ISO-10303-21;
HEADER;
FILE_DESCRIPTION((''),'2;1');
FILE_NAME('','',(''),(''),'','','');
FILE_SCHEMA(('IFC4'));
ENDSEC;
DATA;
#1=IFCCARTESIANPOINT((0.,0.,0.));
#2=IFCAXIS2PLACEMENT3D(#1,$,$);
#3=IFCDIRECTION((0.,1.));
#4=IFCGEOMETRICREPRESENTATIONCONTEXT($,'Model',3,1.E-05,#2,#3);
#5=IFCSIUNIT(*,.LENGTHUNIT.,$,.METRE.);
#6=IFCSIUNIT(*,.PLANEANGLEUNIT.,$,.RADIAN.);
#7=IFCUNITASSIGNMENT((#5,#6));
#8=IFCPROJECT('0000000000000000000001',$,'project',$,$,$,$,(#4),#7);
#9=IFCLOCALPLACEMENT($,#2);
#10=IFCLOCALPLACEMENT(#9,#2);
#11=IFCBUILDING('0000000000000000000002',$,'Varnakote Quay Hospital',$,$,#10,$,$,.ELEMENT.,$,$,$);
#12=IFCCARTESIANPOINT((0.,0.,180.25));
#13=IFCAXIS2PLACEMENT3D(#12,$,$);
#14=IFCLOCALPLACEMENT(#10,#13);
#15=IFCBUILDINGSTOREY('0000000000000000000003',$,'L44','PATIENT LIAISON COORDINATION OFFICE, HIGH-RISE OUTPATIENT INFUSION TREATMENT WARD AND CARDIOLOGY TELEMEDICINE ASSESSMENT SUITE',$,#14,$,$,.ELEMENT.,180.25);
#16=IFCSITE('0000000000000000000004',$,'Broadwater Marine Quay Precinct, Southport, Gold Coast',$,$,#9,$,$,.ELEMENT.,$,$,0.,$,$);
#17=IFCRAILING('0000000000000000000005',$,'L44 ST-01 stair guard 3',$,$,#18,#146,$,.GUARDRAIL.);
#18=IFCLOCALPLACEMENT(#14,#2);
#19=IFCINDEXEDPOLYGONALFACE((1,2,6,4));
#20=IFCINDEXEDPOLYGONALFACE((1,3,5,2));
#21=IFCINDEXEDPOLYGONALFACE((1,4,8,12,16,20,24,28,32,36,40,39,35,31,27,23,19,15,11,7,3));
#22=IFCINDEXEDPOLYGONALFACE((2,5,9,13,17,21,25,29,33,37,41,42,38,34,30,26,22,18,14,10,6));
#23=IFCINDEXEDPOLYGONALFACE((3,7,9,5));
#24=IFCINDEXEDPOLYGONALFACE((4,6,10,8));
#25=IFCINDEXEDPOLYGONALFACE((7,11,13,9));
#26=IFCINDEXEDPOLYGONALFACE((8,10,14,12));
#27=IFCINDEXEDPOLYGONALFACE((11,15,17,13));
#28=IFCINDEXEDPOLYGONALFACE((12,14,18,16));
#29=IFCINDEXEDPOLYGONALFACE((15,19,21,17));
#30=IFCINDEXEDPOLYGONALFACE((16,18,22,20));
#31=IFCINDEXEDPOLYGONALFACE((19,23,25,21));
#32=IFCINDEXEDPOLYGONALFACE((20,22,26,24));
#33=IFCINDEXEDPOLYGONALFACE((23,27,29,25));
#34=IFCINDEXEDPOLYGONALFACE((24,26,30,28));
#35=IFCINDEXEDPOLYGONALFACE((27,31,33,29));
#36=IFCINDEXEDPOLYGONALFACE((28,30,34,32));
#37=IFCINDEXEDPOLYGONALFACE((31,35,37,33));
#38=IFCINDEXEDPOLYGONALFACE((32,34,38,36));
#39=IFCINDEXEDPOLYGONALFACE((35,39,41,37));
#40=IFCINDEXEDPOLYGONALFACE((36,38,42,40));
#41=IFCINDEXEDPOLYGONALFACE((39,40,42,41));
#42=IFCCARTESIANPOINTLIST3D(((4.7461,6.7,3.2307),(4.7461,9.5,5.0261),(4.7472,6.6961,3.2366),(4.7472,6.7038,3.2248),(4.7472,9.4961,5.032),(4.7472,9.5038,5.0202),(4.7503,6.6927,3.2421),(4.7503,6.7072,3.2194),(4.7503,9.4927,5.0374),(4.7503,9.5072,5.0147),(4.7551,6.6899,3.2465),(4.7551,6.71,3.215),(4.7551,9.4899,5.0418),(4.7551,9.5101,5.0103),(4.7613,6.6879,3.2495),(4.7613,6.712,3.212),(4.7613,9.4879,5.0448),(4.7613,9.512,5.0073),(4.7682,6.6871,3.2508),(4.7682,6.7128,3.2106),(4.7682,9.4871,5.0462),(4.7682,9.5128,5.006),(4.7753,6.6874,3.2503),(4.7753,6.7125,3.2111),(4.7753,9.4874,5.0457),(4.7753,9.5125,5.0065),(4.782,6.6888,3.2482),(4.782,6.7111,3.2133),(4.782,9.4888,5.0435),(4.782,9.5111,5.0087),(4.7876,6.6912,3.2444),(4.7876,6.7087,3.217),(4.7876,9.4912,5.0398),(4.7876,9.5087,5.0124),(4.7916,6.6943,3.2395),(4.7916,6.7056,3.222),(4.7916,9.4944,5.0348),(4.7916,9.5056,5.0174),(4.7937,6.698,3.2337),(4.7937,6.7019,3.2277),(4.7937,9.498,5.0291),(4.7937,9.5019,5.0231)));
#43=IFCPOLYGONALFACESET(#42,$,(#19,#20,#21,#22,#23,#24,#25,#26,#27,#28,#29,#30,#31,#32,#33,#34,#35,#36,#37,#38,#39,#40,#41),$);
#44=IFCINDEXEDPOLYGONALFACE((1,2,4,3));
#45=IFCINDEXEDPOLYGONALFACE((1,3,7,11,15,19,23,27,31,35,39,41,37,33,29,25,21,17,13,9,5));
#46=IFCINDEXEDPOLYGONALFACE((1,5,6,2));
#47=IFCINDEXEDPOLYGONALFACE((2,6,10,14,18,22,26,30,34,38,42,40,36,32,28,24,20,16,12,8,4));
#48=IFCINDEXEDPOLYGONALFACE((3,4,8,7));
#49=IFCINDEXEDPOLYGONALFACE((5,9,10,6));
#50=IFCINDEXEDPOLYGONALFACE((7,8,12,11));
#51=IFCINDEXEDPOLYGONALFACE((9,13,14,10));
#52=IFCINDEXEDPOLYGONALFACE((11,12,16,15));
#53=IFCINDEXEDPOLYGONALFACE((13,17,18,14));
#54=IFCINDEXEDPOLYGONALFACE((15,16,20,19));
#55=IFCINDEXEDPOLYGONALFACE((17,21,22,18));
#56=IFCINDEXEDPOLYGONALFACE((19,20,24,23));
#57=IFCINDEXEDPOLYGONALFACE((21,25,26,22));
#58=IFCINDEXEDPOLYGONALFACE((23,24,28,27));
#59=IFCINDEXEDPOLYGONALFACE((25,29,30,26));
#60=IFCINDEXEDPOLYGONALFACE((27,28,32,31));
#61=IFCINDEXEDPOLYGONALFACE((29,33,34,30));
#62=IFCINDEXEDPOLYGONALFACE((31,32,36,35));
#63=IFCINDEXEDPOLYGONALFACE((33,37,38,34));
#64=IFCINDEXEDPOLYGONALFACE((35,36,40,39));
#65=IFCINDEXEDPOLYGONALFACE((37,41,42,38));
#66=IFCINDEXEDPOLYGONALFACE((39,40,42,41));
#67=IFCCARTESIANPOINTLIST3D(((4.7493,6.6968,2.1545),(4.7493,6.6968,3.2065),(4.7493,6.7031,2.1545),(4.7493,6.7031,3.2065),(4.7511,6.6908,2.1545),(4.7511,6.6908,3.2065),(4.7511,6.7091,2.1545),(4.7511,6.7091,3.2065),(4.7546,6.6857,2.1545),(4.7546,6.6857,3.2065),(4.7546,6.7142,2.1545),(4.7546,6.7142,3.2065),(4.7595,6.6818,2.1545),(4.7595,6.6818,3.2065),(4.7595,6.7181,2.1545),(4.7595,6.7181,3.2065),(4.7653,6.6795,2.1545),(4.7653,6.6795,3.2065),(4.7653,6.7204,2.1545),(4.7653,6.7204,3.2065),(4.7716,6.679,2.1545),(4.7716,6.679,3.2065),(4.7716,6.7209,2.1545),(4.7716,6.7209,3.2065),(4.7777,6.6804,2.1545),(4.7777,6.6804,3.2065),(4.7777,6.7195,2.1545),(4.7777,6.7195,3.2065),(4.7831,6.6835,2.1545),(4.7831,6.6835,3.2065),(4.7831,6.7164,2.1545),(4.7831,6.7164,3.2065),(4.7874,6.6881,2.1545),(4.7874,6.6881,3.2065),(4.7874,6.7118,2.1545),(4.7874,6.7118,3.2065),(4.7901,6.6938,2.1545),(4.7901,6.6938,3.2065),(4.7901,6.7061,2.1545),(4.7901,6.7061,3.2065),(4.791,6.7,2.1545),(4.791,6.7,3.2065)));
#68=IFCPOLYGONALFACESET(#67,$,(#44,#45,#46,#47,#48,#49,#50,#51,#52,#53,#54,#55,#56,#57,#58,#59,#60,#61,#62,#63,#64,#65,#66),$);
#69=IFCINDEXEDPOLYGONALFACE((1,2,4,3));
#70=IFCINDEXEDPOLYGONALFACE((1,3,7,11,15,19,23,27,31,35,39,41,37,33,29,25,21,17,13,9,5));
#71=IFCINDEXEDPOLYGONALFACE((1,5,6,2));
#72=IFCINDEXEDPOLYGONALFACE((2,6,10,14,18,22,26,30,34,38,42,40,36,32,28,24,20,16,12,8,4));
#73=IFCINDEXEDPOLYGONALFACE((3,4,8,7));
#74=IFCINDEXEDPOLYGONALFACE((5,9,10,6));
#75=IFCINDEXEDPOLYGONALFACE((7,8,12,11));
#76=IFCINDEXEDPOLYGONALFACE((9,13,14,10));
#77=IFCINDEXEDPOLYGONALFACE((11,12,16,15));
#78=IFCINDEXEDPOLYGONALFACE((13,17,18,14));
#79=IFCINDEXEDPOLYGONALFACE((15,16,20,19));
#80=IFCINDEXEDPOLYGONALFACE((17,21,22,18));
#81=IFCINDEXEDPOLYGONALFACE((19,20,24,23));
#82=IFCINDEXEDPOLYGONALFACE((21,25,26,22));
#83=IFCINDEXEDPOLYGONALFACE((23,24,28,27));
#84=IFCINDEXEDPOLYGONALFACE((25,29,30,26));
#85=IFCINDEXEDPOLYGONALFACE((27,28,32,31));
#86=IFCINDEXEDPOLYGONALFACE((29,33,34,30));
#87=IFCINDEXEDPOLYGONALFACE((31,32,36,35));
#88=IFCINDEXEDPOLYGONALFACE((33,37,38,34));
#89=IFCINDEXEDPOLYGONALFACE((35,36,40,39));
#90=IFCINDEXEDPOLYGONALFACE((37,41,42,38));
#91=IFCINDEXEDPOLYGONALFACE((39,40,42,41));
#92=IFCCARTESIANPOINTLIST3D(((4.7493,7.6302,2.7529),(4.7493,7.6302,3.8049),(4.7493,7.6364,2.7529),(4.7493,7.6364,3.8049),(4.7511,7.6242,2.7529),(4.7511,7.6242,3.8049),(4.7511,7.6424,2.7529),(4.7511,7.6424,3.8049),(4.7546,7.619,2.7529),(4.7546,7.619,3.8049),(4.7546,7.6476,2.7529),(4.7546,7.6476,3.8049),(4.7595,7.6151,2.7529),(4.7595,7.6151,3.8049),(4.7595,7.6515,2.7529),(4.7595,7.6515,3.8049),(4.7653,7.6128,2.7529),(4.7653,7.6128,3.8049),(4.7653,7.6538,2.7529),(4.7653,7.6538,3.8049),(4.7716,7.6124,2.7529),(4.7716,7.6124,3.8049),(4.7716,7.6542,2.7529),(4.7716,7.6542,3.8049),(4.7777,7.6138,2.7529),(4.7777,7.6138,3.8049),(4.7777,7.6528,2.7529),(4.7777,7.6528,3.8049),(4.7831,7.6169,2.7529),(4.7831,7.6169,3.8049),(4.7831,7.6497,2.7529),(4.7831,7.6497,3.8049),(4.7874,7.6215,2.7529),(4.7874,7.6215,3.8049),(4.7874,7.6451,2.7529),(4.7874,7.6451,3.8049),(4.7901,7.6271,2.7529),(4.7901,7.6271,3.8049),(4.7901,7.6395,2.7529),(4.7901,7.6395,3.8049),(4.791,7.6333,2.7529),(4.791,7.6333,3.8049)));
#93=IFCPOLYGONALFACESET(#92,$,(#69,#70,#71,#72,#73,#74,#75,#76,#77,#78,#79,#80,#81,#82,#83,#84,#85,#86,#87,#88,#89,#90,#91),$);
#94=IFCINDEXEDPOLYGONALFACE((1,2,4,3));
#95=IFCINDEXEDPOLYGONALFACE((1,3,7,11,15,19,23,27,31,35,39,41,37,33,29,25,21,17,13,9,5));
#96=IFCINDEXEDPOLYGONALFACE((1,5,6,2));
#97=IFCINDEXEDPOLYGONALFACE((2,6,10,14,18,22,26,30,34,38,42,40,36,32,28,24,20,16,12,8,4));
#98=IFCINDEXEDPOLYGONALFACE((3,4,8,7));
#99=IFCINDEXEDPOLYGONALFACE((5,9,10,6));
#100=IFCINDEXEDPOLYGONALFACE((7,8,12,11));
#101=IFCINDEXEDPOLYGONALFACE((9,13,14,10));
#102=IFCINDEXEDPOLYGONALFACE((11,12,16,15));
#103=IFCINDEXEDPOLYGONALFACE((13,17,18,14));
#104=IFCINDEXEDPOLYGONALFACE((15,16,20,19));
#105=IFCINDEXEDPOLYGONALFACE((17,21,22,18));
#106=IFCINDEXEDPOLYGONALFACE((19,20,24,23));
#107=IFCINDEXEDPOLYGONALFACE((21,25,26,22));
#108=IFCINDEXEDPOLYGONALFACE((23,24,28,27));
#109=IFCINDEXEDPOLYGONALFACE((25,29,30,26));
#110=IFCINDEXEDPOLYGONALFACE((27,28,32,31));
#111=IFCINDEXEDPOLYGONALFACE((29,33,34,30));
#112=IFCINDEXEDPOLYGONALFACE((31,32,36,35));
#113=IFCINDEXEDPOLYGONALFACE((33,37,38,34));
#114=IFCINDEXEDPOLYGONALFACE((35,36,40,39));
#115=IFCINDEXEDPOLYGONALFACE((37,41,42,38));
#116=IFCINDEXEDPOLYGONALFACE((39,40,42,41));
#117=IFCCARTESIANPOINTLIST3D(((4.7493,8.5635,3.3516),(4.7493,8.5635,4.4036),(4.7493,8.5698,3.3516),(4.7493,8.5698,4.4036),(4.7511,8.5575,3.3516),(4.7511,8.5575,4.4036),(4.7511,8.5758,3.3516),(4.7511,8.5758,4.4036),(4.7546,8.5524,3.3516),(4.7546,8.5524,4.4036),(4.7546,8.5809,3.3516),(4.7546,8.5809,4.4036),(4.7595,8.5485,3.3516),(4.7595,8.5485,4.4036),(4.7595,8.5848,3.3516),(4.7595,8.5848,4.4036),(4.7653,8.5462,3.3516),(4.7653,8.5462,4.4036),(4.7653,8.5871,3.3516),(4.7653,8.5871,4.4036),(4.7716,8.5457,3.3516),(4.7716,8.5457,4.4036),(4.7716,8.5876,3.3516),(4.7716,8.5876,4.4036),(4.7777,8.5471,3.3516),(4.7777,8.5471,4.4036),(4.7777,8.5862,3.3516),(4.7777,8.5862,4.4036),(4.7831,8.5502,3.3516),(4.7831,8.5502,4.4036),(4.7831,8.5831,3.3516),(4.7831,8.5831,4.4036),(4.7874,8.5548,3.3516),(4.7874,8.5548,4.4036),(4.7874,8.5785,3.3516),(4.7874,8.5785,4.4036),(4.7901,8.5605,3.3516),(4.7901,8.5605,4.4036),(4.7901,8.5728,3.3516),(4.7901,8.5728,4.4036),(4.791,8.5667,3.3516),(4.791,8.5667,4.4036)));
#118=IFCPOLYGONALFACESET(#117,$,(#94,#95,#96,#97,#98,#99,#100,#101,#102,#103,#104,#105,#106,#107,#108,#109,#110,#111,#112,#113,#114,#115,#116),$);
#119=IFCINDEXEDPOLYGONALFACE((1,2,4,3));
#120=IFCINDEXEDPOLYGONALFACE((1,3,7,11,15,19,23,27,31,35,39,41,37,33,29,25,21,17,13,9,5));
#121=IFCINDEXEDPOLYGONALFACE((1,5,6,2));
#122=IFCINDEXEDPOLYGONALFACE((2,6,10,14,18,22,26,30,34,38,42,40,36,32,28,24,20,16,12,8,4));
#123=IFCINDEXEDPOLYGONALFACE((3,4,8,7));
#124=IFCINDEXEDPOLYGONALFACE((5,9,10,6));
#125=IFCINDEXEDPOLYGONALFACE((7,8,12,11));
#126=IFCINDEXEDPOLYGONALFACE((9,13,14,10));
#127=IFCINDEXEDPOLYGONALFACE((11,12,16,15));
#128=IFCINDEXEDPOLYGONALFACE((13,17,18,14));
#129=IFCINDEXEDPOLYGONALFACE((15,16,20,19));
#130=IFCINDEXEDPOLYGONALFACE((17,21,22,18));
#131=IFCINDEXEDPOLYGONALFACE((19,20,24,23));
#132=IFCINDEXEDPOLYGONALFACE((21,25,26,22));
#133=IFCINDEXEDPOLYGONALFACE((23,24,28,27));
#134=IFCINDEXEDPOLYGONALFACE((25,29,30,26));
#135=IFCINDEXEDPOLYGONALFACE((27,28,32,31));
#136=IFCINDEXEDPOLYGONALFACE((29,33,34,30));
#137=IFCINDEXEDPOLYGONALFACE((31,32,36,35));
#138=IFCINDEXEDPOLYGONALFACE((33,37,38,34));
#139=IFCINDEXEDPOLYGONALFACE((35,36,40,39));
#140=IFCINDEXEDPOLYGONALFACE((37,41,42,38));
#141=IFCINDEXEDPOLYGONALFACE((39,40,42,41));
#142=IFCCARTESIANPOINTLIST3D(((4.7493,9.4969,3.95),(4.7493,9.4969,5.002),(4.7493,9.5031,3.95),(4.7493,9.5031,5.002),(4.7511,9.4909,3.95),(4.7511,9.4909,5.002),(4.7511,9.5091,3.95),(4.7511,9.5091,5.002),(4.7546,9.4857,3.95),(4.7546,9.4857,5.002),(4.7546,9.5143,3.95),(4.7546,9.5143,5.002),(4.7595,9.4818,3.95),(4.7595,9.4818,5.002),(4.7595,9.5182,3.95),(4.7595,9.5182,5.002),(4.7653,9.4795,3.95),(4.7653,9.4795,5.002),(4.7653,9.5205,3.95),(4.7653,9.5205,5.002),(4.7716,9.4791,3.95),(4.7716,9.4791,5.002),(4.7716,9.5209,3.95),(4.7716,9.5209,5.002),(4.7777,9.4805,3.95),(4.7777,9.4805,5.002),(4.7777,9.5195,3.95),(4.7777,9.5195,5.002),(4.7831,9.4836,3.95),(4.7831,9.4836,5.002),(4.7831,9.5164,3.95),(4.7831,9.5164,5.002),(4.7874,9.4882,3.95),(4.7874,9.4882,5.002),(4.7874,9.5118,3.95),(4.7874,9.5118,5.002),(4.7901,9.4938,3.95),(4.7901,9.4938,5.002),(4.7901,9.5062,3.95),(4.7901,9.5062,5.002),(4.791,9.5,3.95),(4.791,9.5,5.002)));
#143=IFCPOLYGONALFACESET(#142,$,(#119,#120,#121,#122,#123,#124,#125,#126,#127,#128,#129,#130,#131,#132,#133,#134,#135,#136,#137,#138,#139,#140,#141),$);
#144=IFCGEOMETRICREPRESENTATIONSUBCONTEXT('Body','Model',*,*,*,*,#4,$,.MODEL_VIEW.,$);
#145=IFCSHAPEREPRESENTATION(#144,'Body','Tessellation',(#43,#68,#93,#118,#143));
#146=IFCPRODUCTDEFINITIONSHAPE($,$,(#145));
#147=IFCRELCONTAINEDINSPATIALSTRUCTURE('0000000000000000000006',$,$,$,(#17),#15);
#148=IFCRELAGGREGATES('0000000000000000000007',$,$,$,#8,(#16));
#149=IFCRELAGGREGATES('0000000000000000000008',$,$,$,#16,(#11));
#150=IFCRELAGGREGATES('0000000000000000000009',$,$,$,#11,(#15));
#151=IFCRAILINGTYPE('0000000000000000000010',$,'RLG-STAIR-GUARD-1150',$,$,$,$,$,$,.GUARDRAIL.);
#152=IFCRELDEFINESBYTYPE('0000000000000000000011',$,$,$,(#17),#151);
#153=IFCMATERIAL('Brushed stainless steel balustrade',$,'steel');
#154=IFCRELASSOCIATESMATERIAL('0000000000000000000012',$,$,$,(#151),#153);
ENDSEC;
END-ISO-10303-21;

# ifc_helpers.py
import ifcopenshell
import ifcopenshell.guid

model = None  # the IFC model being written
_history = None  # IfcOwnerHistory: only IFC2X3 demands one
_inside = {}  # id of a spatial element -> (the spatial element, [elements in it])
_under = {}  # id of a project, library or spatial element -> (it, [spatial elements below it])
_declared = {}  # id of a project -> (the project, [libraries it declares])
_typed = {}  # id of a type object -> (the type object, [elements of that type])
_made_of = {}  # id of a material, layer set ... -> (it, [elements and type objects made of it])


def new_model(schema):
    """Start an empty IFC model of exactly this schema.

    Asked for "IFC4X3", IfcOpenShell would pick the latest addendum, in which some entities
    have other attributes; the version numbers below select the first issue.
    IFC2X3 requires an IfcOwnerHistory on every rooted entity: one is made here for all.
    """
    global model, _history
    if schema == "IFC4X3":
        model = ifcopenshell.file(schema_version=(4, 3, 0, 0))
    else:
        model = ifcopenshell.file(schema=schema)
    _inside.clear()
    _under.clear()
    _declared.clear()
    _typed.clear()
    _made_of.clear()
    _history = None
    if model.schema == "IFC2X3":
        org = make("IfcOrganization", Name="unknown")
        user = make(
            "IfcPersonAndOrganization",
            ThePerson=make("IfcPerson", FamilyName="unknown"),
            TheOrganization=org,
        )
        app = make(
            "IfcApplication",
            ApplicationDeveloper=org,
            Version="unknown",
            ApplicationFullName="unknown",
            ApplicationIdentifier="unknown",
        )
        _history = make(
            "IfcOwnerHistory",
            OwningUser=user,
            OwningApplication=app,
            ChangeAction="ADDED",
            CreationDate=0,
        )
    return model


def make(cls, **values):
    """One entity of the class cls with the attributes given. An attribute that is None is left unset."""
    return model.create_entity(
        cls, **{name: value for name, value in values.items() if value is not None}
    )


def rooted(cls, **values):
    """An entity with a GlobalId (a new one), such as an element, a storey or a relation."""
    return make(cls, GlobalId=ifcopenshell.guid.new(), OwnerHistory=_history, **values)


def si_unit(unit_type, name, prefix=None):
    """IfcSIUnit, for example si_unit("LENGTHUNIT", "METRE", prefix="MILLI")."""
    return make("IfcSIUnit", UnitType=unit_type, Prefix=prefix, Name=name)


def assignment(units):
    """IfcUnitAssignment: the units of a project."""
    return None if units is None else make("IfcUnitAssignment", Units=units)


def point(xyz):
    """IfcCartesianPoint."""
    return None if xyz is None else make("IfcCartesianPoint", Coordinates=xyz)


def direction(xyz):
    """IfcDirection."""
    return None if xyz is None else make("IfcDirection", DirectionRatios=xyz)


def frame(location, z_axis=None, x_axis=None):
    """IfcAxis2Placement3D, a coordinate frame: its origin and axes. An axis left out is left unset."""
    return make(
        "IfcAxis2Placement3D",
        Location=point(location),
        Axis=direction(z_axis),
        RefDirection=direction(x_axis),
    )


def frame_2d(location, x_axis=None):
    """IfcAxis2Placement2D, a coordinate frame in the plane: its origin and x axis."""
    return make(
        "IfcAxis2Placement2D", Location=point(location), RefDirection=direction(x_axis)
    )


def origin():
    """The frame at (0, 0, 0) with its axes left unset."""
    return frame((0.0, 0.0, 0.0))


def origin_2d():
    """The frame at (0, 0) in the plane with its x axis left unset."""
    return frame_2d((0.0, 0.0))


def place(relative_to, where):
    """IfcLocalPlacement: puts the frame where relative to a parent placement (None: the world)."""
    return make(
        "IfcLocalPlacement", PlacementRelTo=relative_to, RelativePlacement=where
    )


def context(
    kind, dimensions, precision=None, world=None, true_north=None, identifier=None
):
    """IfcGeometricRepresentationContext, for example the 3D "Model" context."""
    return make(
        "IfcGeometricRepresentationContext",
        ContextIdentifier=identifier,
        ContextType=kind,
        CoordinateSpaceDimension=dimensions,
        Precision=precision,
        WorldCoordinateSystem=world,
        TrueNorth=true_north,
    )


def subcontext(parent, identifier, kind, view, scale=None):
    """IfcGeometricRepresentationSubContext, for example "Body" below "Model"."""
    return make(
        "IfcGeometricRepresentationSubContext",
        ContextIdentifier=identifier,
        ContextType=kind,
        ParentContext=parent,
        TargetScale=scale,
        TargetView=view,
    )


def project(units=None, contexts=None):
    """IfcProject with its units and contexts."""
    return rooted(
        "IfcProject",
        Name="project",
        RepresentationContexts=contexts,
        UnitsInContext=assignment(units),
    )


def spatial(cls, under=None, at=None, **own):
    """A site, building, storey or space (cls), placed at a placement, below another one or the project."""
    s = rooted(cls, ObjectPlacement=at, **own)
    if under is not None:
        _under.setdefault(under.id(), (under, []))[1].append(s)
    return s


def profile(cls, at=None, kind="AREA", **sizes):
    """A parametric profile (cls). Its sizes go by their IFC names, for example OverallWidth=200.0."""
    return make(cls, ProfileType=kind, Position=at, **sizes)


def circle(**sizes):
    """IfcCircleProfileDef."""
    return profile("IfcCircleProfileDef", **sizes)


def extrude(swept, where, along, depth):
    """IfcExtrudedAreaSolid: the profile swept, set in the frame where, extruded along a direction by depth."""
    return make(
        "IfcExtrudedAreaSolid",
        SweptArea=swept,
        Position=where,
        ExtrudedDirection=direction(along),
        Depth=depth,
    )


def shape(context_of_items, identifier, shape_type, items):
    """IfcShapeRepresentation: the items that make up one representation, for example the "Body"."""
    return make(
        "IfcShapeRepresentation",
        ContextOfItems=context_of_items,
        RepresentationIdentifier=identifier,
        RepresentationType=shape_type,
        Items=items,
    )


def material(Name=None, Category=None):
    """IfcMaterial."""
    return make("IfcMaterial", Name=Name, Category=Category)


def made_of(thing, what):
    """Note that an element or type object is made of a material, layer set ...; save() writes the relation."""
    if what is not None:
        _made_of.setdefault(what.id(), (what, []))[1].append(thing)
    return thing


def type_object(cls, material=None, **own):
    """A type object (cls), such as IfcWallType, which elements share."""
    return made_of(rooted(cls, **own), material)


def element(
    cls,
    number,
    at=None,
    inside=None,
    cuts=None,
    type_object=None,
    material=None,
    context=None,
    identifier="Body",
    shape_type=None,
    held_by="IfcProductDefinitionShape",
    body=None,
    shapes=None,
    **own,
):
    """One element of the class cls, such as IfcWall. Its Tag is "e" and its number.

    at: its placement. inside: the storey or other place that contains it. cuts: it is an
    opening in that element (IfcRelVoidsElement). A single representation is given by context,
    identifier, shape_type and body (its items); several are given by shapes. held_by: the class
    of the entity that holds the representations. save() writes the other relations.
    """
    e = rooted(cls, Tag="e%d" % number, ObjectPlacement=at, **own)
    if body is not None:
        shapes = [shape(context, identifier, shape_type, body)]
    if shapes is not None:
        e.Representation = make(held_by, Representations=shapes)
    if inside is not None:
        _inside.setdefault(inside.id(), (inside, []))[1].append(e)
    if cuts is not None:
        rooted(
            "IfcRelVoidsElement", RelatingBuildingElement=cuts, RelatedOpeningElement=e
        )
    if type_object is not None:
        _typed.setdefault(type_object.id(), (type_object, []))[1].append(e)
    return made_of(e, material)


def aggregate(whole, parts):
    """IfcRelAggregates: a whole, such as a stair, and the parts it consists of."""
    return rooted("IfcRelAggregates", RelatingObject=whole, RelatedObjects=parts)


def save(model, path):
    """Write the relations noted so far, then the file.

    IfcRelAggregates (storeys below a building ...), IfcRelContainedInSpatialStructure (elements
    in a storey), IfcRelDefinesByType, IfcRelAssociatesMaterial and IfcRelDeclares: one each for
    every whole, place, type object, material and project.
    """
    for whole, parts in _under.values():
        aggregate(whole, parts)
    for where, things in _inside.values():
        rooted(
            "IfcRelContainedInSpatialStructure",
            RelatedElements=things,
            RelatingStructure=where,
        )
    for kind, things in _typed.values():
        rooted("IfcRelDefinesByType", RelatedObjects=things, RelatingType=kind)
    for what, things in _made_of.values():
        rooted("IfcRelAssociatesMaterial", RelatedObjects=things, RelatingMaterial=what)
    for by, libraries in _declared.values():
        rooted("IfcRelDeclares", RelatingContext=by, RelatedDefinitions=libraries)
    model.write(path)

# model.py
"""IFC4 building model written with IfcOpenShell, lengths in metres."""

from ifc_helpers import new_model, si_unit, direction, frame, origin, origin_2d, place, context, subcontext, project, spatial, circle, extrude, material, type_object, element, save


model = new_model("IFC4")

# Units and contexts
model_context = context("Model", 3, precision=1e-05, world=origin(), true_north=direction((0.0, 1.0)))
body_context = subcontext(model_context, "Body", "Model", "MODEL_VIEW")
ifc_project = project(units=[si_unit("LENGTHUNIT", "METRE"), si_unit("PLANEANGLEUNIT", "RADIAN")], contexts=[model_context])

# Site, building, storey
site_placement = place(None, origin())
site = spatial("IfcSite", under=ifc_project, at=site_placement, Name="Broadwater Marine Quay Precinct, Southport, Gold Coast", CompositionType="ELEMENT", RefElevation=0.0)
building_placement = place(site_placement, origin())
building = spatial("IfcBuilding", under=site, at=building_placement, Name="Varnakote Quay Hospital", CompositionType="ELEMENT")
storey_placement = place(building_placement, frame((0.0, 0.0, 180.25)))
storey = spatial("IfcBuildingStorey", under=building, at=storey_placement, Name="L44", Description="PATIENT LIAISON COORDINATION OFFICE, HIGH-RISE OUTPATIENT INFUSION TREATMENT WARD AND CARDIOLOGY TELEMEDICINE ASSESSMENT SUITE", CompositionType="ELEMENT", Elevation=180.25)

# Railing
ifc_material_1 = material(Name="Brushed stainless steel balustrade", Category="steel")
railing_type_1 = type_object("IfcRailingType", Name="RLG-STAIR-GUARD-1150", PredefinedType="GUARDRAIL", material=ifc_material_1)
railing_1_placement = place(storey_placement, frame((4.77, 6.7, 2.1545)))
element("IfcRailing", 1, at=railing_1_placement, inside=storey, type_object=railing_type_1, Name="L44 ST-01 stair guard 3", PredefinedType="GUARDRAIL", context=body_context, shape_type="SweptSolid", body=[
    extrude(circle(Radius=0.0239, at=origin_2d()), frame((0.0, 0.0, 1.0762), z_axis=(0.0, 0.84181, 0.539774), x_axis=(-1.0, 0.0, 0.0)), (0.0, 0.0, 1.0), 3.3262),
    extrude(circle(Radius=0.021, at=origin_2d()), origin(), (0.0, 0.0, 1.0), 1.052),
    extrude(circle(Radius=0.021, at=origin_2d()), frame((0.0, 0.9333, 0.5984)), (0.0, 0.0, 1.0), 1.052),
    extrude(circle(Radius=0.021, at=origin_2d()), frame((0.0, 1.8667, 1.197)), (0.0, 0.0, 1.0), 1.052),
    extrude(circle(Radius=0.021, at=origin_2d()), frame((0.0, 2.8, 1.7954)), (0.0, 0.0, 1.0), 1.052),
])

save(model, "model.ifc")
